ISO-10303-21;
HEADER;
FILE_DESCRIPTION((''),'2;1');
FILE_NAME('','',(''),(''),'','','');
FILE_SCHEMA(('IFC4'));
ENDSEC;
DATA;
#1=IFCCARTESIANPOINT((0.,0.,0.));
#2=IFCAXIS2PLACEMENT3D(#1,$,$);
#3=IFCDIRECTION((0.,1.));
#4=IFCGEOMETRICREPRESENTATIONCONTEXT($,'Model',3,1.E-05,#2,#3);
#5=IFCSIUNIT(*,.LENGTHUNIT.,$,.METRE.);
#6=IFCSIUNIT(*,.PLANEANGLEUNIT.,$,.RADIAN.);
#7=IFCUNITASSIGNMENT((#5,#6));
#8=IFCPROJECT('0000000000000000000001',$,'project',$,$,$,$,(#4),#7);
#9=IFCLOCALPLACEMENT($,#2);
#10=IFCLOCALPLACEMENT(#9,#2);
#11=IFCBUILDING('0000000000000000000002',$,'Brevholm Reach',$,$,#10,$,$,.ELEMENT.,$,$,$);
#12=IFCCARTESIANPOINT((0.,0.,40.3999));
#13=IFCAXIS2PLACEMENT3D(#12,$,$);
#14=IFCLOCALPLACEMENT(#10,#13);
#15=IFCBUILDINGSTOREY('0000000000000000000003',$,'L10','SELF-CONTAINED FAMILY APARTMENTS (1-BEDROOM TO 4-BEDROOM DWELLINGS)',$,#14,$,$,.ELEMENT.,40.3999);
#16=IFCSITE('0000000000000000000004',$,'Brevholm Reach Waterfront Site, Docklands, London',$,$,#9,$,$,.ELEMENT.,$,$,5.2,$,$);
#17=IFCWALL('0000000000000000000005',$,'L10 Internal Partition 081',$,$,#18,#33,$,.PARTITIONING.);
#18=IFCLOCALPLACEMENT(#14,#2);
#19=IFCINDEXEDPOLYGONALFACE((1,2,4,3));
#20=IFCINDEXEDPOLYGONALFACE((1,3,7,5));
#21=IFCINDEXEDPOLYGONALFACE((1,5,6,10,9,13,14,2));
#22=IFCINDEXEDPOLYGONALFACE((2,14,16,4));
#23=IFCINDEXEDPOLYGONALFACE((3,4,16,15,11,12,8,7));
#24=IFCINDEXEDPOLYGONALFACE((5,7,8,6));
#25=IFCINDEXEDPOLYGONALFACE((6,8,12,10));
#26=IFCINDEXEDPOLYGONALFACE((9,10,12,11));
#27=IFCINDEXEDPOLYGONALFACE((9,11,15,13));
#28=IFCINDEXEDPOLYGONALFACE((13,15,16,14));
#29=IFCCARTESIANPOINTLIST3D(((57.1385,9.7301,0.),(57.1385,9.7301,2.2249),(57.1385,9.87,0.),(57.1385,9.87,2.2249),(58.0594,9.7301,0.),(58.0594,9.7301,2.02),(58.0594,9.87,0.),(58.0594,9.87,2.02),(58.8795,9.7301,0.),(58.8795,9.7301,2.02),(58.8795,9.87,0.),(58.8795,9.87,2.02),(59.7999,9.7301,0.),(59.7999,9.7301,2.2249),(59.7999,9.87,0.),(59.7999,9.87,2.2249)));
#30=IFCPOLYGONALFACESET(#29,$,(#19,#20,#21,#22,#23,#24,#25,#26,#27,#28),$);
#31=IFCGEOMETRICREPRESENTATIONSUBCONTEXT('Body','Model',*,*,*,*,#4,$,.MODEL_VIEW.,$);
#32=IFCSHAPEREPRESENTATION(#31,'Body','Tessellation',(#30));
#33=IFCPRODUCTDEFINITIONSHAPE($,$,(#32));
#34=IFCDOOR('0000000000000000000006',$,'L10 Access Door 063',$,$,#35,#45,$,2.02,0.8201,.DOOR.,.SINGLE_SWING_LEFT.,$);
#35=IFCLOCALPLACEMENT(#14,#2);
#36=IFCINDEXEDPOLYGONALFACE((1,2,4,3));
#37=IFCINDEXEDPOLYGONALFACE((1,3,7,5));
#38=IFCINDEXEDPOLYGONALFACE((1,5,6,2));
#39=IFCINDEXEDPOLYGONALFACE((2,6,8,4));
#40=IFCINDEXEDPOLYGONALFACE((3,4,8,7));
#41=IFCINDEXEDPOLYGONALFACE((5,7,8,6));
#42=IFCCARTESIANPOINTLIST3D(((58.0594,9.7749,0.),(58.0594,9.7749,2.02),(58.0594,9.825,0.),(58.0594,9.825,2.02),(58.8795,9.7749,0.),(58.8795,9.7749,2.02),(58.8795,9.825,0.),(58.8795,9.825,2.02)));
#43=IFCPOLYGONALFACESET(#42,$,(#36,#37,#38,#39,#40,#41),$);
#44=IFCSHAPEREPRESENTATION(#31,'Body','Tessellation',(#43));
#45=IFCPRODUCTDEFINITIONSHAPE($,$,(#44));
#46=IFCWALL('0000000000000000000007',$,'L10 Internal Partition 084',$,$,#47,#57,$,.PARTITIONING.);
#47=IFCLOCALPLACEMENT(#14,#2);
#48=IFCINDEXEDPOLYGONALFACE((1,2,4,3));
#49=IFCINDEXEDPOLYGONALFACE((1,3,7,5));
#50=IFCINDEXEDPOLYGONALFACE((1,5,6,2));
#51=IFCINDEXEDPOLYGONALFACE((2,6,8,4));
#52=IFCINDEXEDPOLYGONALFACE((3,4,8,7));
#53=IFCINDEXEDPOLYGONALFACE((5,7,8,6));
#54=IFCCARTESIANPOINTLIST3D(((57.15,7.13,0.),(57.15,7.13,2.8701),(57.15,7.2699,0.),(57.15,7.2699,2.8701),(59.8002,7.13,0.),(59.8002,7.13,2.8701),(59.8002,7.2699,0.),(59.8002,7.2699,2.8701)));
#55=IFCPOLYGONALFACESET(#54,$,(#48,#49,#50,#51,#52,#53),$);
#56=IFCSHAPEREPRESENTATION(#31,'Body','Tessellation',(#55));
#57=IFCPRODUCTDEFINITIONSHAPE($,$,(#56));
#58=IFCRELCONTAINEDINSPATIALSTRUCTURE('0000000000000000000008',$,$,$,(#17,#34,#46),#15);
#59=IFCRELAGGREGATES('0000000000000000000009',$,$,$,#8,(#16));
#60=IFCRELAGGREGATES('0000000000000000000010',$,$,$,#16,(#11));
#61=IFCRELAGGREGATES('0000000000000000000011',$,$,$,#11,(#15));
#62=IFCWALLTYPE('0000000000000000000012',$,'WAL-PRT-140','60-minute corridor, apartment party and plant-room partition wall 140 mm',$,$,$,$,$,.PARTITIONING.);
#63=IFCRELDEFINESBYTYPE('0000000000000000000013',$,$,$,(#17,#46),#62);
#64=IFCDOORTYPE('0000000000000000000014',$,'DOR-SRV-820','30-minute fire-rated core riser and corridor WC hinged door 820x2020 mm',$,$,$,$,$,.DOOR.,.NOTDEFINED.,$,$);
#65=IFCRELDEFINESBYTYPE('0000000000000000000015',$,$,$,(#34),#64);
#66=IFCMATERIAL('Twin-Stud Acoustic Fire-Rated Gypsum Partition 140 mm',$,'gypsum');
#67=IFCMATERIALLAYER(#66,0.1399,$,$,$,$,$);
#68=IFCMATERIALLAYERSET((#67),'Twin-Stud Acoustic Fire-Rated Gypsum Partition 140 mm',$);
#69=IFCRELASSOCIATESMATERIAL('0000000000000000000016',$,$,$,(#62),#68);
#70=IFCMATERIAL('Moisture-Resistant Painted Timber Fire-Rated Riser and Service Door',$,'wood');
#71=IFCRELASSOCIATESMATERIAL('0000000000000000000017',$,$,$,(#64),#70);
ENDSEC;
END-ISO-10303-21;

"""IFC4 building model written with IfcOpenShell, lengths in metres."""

from ifc_helpers import new_model, si_unit, direction, frame, frame_2d, origin, place, context, subcontext, project, spatial, rectangle, extrude, material, layer, layer_set, type_object, element, fill, save


model = new_model("IFC4")

# Units and contexts
model_context = context("Model", 3, precision=1e-05, world=origin(), true_north=direction((0.0, 1.0)))
body_context = subcontext(model_context, "Body", "Model", "MODEL_VIEW")
ifc_project = project(units=[si_unit("LENGTHUNIT", "METRE"), si_unit("PLANEANGLEUNIT", "RADIAN")], contexts=[model_context])

# Site, building, storey
site_placement = place(None, origin())
site = spatial("IfcSite", under=ifc_project, at=site_placement, Name="Brevholm Reach Waterfront Site, Docklands, London", CompositionType="ELEMENT", RefElevation=5.2)
building_placement = place(site_placement, origin())
building = spatial("IfcBuilding", under=site, at=building_placement, Name="Brevholm Reach", CompositionType="ELEMENT")
storey_placement = place(building_placement, frame((0.0, 0.0, 40.3999)))
storey = spatial("IfcBuildingStorey", under=building, at=storey_placement, Name="L10", Description="SELF-CONTAINED FAMILY APARTMENTS (1-BEDROOM TO 4-BEDROOM DWELLINGS)", CompositionType="ELEMENT", Elevation=40.3999)

# Wall, opening, door
ifc_material_1 = material(Name="Twin-Stud Acoustic Fire-Rated Gypsum Partition 140 mm", Category="gypsum")
ifc_layer_1 = layer(ifc_material_1, 0.1399)
ifc_layer_set_1 = layer_set([ifc_layer_1], Name="Twin-Stud Acoustic Fire-Rated Gypsum Partition 140 mm")
wall_type_1 = type_object("IfcWallType", Name="WAL-PRT-140", Description="60-minute corridor, apartment party and plant-room partition wall 140 mm", PredefinedType="PARTITIONING", material=ifc_layer_set_1)
wall_1_placement = place(storey_placement, frame((57.1387, 9.8, 0.0), z_axis=(0.0, 0.0, 1.0), x_axis=(1.0, 0.0, 0.0)))
wall_1 = element("IfcWall", 1, at=wall_1_placement, inside=storey, type_object=wall_type_1, Name="L10 Internal Partition 081", PredefinedType="PARTITIONING", context=body_context, shape_type="SweptSolid", body=[
    extrude(rectangle(XDim=2.6614, YDim=0.1399, at=frame_2d((1.3306, 0.0))), origin(), (0.0, 0.0, 1.0), 2.2249),
])
opening_1_placement = place(wall_1_placement, frame((0.9207, 0.0, 0.0)))
opening_1 = element("IfcOpeningElement", 2, at=opening_1_placement, cuts=wall_1, PredefinedType="OPENING", context=body_context, shape_type="SweptSolid", body=[
    extrude(rectangle(XDim=0.8201, YDim=2.02, at=frame_2d((0.4102, 1.01))), frame((0.0, 0.0798, 0.0), z_axis=(0.0, -1.0, 0.0), x_axis=(1.0, 0.0, 0.0)), (0.0, 0.0, 1.0), 0.1599),
])
ifc_material_2 = material(Name="Moisture-Resistant Painted Timber Fire-Rated Riser and Service Door", Category="wood")
door_type_1 = type_object("IfcDoorType", Name="DOR-SRV-820", Description="30-minute fire-rated core riser and corridor WC hinged door 820x2020 mm", OperationType="NOTDEFINED", PredefinedType="DOOR", material=ifc_material_2)
door_1_placement = place(opening_1_placement, origin())
door_1 = element("IfcDoor", 3, at=door_1_placement, inside=storey, type_object=door_type_1, Name="L10 Access Door 063", OperationType="SINGLE_SWING_LEFT", OverallHeight=2.02, OverallWidth=0.8201, PredefinedType="DOOR", context=body_context, shape_type="SweptSolid", body=[
    extrude(rectangle(XDim=0.8201, YDim=2.02, at=frame_2d((0.4102, 1.01))), frame((0.0, 0.0249, 0.0), z_axis=(0.0, -1.0, 0.0), x_axis=(1.0, 0.0, 0.0)), (0.0, 0.0, 1.0), 0.05),
])
fill(opening_1, door_1)

# Wall
wall_2_placement = place(storey_placement, frame((57.1499, 7.2, 0.0), z_axis=(0.0, 0.0, 1.0), x_axis=(1.0, 0.0, 0.0)))
element("IfcWall", 4, at=wall_2_placement, inside=storey, type_object=wall_type_1, Name="L10 Internal Partition 084", PredefinedType="PARTITIONING", context=body_context, shape_type="SweptSolid", body=[
    extrude(rectangle(XDim=2.6501, YDim=0.1399, at=frame_2d((1.3252, 0.0))), origin(), (0.0, 0.0, 1.0), 2.8701),
])

save(model, "model.ifc")
